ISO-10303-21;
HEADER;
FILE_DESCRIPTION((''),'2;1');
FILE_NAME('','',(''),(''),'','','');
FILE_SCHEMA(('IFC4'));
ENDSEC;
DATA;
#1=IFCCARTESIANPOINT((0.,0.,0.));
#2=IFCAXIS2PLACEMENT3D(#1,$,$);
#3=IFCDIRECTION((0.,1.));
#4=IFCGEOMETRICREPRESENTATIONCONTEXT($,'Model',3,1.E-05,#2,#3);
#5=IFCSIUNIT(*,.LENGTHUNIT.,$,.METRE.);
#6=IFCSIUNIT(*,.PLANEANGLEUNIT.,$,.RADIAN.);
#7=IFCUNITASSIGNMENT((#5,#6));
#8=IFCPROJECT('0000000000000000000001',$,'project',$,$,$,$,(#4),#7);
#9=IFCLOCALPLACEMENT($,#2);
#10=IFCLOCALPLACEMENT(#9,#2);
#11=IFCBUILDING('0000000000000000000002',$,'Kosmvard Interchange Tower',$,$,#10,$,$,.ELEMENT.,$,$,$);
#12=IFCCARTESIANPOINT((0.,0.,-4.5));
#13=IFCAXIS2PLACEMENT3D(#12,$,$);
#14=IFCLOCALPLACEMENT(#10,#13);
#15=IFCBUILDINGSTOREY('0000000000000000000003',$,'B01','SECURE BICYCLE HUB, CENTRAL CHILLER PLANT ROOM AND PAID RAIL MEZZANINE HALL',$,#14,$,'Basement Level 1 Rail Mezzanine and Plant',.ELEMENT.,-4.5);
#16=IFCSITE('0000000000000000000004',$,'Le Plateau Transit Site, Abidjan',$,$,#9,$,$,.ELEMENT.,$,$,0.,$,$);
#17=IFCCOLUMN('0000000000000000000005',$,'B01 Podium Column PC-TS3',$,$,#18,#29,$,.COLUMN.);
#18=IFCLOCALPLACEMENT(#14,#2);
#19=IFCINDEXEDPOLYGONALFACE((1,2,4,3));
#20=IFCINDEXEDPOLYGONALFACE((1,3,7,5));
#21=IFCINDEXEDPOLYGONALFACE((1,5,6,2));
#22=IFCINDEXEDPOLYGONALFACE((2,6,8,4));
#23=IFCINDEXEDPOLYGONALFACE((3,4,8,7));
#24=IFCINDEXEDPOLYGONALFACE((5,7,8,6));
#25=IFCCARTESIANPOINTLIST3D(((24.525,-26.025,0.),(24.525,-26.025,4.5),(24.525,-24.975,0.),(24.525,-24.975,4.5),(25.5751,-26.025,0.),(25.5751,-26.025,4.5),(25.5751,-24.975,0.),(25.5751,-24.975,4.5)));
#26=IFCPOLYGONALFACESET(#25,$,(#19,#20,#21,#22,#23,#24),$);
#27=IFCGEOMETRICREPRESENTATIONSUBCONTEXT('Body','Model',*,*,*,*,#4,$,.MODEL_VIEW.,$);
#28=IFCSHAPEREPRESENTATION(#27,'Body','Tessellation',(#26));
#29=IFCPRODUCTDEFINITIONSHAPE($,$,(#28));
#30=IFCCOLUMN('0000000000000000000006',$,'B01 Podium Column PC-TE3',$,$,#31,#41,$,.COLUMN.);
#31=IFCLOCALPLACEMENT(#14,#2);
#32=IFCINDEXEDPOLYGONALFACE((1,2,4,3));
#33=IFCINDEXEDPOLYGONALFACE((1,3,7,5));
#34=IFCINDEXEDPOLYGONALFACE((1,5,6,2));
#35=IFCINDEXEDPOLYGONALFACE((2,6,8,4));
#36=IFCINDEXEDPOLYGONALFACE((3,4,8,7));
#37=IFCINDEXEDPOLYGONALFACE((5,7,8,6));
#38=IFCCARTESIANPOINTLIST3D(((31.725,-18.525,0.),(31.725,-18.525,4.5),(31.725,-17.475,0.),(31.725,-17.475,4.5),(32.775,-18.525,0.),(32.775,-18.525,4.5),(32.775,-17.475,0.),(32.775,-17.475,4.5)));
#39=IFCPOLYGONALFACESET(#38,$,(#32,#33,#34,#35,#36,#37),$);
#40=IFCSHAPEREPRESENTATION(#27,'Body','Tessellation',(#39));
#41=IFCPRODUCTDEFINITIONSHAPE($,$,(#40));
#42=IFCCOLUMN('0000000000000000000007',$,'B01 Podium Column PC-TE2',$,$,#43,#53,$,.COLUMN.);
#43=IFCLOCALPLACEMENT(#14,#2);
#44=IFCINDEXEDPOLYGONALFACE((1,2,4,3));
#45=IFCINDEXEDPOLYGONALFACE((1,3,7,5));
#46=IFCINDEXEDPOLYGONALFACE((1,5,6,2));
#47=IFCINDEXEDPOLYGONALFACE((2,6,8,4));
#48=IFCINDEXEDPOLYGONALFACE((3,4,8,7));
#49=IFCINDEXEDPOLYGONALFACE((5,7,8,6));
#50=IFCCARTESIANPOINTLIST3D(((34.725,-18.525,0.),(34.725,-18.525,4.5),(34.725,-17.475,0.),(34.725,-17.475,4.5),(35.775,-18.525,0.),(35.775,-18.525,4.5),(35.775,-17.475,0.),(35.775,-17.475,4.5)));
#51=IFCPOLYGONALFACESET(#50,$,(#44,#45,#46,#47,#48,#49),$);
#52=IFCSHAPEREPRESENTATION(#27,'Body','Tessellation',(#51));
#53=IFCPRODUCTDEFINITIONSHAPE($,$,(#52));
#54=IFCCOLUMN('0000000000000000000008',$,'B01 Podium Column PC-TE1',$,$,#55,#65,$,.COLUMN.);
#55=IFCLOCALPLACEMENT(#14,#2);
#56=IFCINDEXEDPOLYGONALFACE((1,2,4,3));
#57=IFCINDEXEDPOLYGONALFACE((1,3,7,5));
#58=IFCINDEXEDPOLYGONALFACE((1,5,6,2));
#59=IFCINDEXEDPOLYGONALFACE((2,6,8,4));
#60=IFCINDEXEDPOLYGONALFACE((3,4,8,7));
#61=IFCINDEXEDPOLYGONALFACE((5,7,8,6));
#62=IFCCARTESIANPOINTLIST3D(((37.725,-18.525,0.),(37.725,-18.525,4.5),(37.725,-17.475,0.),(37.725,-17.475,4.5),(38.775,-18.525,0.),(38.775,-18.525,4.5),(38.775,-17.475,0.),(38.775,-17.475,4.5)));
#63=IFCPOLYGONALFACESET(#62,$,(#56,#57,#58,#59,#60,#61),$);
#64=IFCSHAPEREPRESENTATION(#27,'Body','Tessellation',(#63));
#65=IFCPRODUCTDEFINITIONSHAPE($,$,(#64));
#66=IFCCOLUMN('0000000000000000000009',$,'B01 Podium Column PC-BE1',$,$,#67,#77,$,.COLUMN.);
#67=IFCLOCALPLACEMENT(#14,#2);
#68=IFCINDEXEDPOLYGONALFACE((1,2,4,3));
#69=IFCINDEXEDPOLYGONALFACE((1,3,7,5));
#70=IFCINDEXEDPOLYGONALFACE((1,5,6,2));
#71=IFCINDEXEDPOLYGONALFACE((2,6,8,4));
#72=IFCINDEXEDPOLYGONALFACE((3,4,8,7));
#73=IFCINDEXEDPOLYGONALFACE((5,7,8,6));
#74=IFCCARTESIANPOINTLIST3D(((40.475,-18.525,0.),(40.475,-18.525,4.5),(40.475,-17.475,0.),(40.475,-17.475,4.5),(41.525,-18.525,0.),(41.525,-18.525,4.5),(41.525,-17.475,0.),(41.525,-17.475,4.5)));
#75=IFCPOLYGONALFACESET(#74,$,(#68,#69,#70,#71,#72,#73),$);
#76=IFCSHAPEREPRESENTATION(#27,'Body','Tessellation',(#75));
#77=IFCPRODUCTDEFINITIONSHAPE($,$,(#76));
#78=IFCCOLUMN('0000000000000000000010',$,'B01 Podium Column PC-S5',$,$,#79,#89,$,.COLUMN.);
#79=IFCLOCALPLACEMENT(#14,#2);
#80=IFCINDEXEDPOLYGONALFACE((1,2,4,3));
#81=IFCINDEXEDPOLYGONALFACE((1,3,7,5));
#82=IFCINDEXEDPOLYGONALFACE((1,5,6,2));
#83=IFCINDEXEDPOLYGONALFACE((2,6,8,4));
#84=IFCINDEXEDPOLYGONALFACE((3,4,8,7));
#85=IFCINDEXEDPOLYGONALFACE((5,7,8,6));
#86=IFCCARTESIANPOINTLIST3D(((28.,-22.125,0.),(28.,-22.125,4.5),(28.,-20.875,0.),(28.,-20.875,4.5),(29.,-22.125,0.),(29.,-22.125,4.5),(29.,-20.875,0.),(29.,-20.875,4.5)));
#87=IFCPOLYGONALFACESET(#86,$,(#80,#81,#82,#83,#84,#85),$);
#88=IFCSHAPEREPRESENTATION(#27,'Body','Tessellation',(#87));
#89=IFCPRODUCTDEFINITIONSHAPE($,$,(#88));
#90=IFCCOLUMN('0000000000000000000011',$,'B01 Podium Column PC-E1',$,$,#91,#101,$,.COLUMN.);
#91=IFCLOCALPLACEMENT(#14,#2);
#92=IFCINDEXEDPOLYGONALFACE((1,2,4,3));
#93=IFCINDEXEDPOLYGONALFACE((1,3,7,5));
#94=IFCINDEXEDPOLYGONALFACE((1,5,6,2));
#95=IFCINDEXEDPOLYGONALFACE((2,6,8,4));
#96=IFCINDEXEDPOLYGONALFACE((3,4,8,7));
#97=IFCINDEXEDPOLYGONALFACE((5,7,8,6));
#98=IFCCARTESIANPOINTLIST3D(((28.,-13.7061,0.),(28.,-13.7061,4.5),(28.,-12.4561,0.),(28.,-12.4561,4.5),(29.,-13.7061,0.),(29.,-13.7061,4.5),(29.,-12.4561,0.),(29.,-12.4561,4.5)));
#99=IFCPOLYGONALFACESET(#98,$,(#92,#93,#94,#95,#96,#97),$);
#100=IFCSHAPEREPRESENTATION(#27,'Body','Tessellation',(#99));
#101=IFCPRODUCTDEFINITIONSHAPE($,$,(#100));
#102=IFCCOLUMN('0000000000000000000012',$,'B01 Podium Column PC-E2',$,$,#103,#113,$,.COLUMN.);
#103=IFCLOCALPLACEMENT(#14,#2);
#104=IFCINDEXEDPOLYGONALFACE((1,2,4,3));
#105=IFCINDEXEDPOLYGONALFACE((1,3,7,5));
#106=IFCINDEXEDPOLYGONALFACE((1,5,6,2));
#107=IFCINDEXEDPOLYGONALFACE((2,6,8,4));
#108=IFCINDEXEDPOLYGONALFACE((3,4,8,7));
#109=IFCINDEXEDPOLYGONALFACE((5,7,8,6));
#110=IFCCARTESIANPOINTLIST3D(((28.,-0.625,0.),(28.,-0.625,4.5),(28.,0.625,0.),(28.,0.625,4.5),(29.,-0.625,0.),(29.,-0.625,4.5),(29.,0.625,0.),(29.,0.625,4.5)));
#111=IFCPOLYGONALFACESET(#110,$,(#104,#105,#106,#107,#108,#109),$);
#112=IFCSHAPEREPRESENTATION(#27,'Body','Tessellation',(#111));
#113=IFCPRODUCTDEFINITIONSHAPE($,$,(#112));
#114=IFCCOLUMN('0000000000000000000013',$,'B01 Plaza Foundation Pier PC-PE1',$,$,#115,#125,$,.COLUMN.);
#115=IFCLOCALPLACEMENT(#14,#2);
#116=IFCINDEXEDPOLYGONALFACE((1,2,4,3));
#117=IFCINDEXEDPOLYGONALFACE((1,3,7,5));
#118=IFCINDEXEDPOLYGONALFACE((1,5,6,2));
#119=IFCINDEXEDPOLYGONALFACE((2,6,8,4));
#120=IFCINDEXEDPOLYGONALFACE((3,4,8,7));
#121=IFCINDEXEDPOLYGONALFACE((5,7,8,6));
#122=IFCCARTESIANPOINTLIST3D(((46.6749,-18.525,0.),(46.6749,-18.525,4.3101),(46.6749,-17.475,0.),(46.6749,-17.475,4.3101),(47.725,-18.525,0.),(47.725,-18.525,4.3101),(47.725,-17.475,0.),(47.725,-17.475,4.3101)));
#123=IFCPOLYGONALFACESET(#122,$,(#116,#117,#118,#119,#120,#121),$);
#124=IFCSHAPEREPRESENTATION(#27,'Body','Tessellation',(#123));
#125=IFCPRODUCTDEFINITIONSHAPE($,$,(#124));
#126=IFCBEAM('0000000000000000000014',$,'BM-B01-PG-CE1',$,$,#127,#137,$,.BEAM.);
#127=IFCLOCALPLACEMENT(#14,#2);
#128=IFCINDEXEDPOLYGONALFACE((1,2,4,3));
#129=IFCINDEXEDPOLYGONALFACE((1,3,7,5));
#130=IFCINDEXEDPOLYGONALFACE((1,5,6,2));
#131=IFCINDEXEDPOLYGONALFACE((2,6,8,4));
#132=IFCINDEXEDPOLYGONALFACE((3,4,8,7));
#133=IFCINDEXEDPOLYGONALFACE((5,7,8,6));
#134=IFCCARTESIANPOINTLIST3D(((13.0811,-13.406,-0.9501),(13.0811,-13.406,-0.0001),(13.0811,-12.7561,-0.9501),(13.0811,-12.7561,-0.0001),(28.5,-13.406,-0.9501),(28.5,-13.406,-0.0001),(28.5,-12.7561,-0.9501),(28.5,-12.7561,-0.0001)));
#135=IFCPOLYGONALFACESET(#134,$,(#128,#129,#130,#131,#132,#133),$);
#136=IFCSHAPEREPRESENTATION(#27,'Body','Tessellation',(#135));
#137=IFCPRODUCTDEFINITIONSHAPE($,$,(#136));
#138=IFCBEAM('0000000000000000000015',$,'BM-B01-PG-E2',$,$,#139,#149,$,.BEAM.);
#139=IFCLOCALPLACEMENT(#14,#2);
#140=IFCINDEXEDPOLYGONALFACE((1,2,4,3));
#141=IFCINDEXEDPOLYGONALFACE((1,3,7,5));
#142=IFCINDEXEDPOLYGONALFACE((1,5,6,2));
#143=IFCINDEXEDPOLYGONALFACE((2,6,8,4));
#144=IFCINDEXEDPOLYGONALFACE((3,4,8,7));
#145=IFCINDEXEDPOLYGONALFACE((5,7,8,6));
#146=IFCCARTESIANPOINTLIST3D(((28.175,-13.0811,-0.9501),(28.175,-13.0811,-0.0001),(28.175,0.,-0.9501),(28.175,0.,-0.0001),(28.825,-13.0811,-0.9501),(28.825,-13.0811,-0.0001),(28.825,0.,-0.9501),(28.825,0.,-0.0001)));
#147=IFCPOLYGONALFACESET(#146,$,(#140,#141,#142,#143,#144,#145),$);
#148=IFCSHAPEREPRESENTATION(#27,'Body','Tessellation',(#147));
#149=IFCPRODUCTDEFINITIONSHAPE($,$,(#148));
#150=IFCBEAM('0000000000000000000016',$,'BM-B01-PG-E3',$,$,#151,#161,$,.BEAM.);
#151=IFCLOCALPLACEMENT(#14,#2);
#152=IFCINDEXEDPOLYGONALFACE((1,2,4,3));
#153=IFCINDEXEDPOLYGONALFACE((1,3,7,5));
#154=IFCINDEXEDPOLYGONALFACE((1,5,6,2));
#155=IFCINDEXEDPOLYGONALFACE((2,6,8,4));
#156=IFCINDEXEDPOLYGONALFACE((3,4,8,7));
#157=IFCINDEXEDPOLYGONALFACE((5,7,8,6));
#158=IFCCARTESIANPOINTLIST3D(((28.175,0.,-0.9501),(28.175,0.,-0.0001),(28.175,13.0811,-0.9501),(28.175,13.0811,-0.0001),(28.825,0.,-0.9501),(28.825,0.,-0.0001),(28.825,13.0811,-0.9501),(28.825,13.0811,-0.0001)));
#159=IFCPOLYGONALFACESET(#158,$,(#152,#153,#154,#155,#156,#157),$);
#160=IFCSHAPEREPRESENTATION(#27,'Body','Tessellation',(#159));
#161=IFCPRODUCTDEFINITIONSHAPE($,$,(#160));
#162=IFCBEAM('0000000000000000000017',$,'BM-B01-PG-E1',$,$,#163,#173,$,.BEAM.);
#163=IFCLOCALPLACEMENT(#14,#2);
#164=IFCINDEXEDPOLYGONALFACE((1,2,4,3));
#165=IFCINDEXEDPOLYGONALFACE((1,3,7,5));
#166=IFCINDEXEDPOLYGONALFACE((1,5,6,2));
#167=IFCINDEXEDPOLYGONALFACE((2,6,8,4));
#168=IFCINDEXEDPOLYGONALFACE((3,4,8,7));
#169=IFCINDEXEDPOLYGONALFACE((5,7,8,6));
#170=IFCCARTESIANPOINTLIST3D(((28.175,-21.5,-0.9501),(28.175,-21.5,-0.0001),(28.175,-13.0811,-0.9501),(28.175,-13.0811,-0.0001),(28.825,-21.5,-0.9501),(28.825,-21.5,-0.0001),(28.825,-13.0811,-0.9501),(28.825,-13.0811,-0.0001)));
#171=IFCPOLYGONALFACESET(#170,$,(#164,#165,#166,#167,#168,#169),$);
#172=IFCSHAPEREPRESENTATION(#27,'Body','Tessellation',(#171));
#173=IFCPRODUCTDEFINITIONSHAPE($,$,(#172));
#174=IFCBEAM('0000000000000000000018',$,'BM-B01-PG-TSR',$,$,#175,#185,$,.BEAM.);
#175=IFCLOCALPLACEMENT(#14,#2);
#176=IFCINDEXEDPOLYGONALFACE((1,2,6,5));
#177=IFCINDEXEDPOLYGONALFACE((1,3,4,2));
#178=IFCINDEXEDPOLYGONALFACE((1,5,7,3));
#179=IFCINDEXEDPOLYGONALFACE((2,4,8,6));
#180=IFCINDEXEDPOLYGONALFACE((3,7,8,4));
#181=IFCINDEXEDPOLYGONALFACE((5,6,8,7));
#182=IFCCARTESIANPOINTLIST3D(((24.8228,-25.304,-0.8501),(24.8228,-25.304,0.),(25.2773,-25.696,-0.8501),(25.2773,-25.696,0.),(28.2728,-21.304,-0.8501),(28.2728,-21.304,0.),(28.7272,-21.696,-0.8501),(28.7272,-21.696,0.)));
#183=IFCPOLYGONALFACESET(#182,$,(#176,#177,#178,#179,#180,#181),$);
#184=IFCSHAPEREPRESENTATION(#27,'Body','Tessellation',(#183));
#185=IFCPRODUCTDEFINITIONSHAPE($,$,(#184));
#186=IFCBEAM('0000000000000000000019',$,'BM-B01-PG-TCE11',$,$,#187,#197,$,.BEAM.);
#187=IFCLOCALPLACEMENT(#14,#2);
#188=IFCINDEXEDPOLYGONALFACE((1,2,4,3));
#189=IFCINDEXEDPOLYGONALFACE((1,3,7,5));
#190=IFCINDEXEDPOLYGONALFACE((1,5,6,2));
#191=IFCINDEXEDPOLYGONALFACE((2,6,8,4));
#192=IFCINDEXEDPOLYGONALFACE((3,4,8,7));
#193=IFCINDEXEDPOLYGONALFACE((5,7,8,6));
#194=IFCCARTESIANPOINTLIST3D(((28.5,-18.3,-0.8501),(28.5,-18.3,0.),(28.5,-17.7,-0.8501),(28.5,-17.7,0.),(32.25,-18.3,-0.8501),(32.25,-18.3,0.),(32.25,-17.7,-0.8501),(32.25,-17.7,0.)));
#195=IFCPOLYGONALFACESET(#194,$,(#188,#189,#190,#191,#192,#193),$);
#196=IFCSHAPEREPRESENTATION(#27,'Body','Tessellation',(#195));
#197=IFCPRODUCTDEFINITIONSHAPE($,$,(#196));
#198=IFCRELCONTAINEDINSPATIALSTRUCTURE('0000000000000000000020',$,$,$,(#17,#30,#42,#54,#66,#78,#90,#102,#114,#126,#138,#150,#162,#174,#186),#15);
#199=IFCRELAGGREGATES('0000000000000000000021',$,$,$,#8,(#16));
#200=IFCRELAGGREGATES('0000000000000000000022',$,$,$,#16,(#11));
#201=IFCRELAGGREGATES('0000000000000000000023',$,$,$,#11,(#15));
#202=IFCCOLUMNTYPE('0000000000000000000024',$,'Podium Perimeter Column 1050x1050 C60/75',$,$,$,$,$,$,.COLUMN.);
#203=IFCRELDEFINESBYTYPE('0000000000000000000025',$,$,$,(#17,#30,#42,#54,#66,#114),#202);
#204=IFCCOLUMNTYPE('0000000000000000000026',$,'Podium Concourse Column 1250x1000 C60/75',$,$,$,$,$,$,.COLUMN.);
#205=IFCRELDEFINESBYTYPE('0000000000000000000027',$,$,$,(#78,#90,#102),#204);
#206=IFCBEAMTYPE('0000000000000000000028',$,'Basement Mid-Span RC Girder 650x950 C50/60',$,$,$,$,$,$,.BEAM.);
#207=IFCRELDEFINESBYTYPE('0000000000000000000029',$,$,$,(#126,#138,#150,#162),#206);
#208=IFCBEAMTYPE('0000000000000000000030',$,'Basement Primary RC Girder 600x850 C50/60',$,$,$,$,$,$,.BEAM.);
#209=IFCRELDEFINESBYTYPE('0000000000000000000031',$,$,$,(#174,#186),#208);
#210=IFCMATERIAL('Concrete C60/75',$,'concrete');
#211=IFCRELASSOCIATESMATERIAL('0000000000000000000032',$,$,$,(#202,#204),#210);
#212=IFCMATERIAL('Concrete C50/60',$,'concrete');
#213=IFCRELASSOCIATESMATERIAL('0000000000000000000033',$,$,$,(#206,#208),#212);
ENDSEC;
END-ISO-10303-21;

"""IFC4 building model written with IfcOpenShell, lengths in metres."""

from ifc_helpers import new_model, si_unit, direction, frame, origin, origin_2d, place, context, subcontext, project, spatial, rectangle, extrude, source, transform, mapped, material, material_profile, profile_set, type_object, element, save


model = new_model("IFC4")

# Units and contexts
model_context = context("Model", 3, precision=1e-05, world=origin(), true_north=direction((0.0, 1.0)))
body_context = subcontext(model_context, "Body", "Model", "MODEL_VIEW")
ifc_project = project(units=[si_unit("LENGTHUNIT", "METRE"), si_unit("PLANEANGLEUNIT", "RADIAN")], contexts=[model_context])

# Site, building, storey
site_placement = place(None, origin())
site = spatial("IfcSite", under=ifc_project, at=site_placement, Name="Le Plateau Transit Site, Abidjan", CompositionType="ELEMENT", RefElevation=0.0)
building_placement = place(site_placement, origin())
building = spatial("IfcBuilding", under=site, at=building_placement, Name="Kosmvard Interchange Tower", CompositionType="ELEMENT")
storey_placement = place(building_placement, frame((0.0, 0.0, -4.5)))
storey = spatial("IfcBuildingStorey", under=building, at=storey_placement, Name="B01", Description="SECURE BICYCLE HUB, CENTRAL CHILLER PLANT ROOM AND PAID RAIL MEZZANINE HALL", LongName="Basement Level 1 Rail Mezzanine and Plant", CompositionType="ELEMENT", Elevation=-4.5)

# Columns
ifc_material_1 = material(Name="Concrete C60/75", Category="concrete")
ifc_material_profile_1 = material_profile(ifc_material_1, rectangle(XDim=1.05, YDim=1.05, at=origin_2d()), Name="PC 1050x1050")
ifc_profile_set_1 = profile_set([ifc_material_profile_1], Name="Concrete C60/75")
column_type_1 = type_object("IfcColumnType", Name="Podium Perimeter Column 1050x1050 C60/75", PredefinedType="COLUMN", material=ifc_profile_set_1)
shared_shape_1 = source(origin(), body_context, "Body", "SweptSolid", [
    extrude(rectangle(XDim=1.05, YDim=1.05, at=origin_2d()), origin(), (0.0, 0.0, 1.0), 4.5),
])
for number, where, z_axis, x_axis, name in (
    (1, (25.05, -25.5, 0.0), (0.0, 0.0, 1.0), (1.0, 0.0, 0.0), "B01 Podium Column PC-TS3"),
    (2, (32.25, -18.0, 0.0), (0.0, 0.0, 1.0), (1.0, 0.0, 0.0), "B01 Podium Column PC-TE3"),
    (3, (35.25, -18.0, 0.0), (0.0, 0.0, 1.0), (1.0, 0.0, 0.0), "B01 Podium Column PC-TE2"),
    (4, (38.25, -18.0, 0.0), (0.0, 0.0, 1.0), (1.0, 0.0, 0.0), "B01 Podium Column PC-TE1"),
    (5, (41.0, -18.0, 0.0), (0.0, 0.0, 1.0), (1.0, 0.0, 0.0), "B01 Podium Column PC-BE1"),
):
    element("IfcColumn", number, at=place(storey_placement, frame(where, z_axis=z_axis, x_axis=x_axis)), inside=storey, type_object=column_type_1, Name=name, PredefinedType="COLUMN", context=body_context, shape_type="MappedRepresentation", body=[
        mapped(shared_shape_1, transform((0.0, 0.0, 0.0), scale=1.0)),
    ])
ifc_material_profile_2 = material_profile(ifc_material_1, rectangle(XDim=1.0, YDim=1.25, at=origin_2d()), Name="PC 1250x1000")
ifc_profile_set_2 = profile_set([ifc_material_profile_2], Name="Concrete C60/75")
column_type_2 = type_object("IfcColumnType", Name="Podium Concourse Column 1250x1000 C60/75", PredefinedType="COLUMN", material=ifc_profile_set_2)
shared_shape_2 = source(origin(), body_context, "Body", "SweptSolid", [
    extrude(rectangle(XDim=1.0, YDim=1.25, at=origin_2d()), origin(), (0.0, 0.0, 1.0), 4.5),
])
for number, where, z_axis, x_axis, name in (
    (6, (28.5, -21.5, 0.0), (0.0, 0.0, 1.0), (1.0, 0.0, 0.0), "B01 Podium Column PC-S5"),
    (7, (28.5, -13.0811, 0.0), (0.0, 0.0, 1.0), (1.0, 0.0, 0.0), "B01 Podium Column PC-E1"),
    (8, (28.5, 0.0, 0.0), (0.0, 0.0, 1.0), (1.0, 0.0, 0.0), "B01 Podium Column PC-E2"),
):
    element("IfcColumn", number, at=place(storey_placement, frame(where, z_axis=z_axis, x_axis=x_axis)), inside=storey, type_object=column_type_2, Name=name, PredefinedType="COLUMN", context=body_context, shape_type="MappedRepresentation", body=[
        mapped(shared_shape_2, transform((0.0, 0.0, 0.0), scale=1.0)),
    ])
shared_shape_3 = source(origin(), body_context, "Body", "SweptSolid", [
    extrude(rectangle(XDim=1.05, YDim=1.05, at=origin_2d()), origin(), (0.0, 0.0, 1.0), 4.3101),
])
column_placement = place(storey_placement, frame((47.2, -18.0, 0.0), z_axis=(0.0, 0.0, 1.0), x_axis=(1.0, 0.0, 0.0)))
element("IfcColumn", 9, at=column_placement, inside=storey, type_object=column_type_1, Name="B01 Plaza Foundation Pier PC-PE1", PredefinedType="COLUMN", context=body_context, shape_type="MappedRepresentation", body=[
    mapped(shared_shape_3, transform((0.0, 0.0, 0.0), scale=1.0)),
])

# Beams
ifc_material_2 = material(Name="Concrete C50/60", Category="concrete")
ifc_material_profile_3 = material_profile(ifc_material_2, rectangle(XDim=0.6499, YDim=0.95, at=origin_2d()), Name="RCG 650x950")
ifc_profile_set_3 = profile_set([ifc_material_profile_3], Name="Concrete C50/60")
beam_type_1 = type_object("IfcBeamType", Name="Basement Mid-Span RC Girder 650x950 C50/60", PredefinedType="BEAM", material=ifc_profile_set_3)
shared_shape_4 = source(origin(), body_context, "Body", "SweptSolid", [
    extrude(rectangle(XDim=0.6499, YDim=0.95, at=origin_2d()), origin(), (0.0, 0.0, 1.0), 15.4189),
])
beam_1_placement = place(storey_placement, frame((28.5, -13.0811, -0.4751), z_axis=(-1.0, 0.0, 0.0), x_axis=(0.0, -1.0, 0.0)))
element("IfcBeam", 10, at=beam_1_placement, inside=storey, type_object=beam_type_1, Name="BM-B01-PG-CE1", PredefinedType="BEAM", context=body_context, shape_type="MappedRepresentation", body=[
    mapped(shared_shape_4, transform((0.0, 0.0, 0.0), scale=1.0)),
])
shared_shape_5 = source(origin(), body_context, "Body", "SweptSolid", [
    extrude(rectangle(XDim=0.6499, YDim=0.95, at=origin_2d()), origin(), (0.0, 0.0, 1.0), 13.0811),
])
for number, where, z_axis, x_axis, name in (
    (11, (28.5, -13.0811, -0.4751), (0.0, 1.0, 0.0), (-1.0, 0.0, 0.0), "BM-B01-PG-E2"),
    (12, (28.5, 0.0, -0.4751), (0.0, 1.0, 0.0), (-1.0, 0.0, 0.0), "BM-B01-PG-E3"),
):
    element("IfcBeam", number, at=place(storey_placement, frame(where, z_axis=z_axis, x_axis=x_axis)), inside=storey, type_object=beam_type_1, Name=name, PredefinedType="BEAM", context=body_context, shape_type="MappedRepresentation", body=[
        mapped(shared_shape_5, transform((0.0, 0.0, 0.0), scale=1.0)),
    ])
shared_shape_6 = source(origin(), body_context, "Body", "SweptSolid", [
    extrude(rectangle(XDim=0.6499, YDim=0.95, at=origin_2d()), origin(), (0.0, 0.0, 1.0), 8.4189),
])
beam_2_placement = place(storey_placement, frame((28.5, -21.5, -0.4751), z_axis=(0.0, 1.0, 0.0), x_axis=(-1.0, 0.0, 0.0)))
element("IfcBeam", 13, at=beam_2_placement, inside=storey, type_object=beam_type_1, Name="BM-B01-PG-E1", PredefinedType="BEAM", context=body_context, shape_type="MappedRepresentation", body=[
    mapped(shared_shape_6, transform((0.0, 0.0, 0.0), scale=1.0)),
])
ifc_material_profile_4 = material_profile(ifc_material_2, rectangle(XDim=0.6001, YDim=0.8501, at=origin_2d()), Name="RCG 600x850")
ifc_profile_set_4 = profile_set([ifc_material_profile_4], Name="Concrete C50/60")
beam_type_2 = type_object("IfcBeamType", Name="Basement Primary RC Girder 600x850 C50/60", PredefinedType="BEAM", material=ifc_profile_set_4)
shared_shape_7 = source(origin(), body_context, "Body", "SweptSolid", [
    extrude(rectangle(XDim=0.6001, YDim=0.8501, at=origin_2d()), origin(), (0.0, 0.0, 1.0), 5.2822),
])
beam_3_placement = place(storey_placement, frame((25.05, -25.5, -0.425), z_axis=(0.653122, 0.757253, 0.0), x_axis=(-0.757253, 0.653122, 0.0)))
element("IfcBeam", 14, at=beam_3_placement, inside=storey, type_object=beam_type_2, Name="BM-B01-PG-TSR", PredefinedType="BEAM", context=body_context, shape_type="MappedRepresentation", body=[
    mapped(shared_shape_7, transform((0.0, 0.0, 0.0), scale=1.0)),
])
shared_shape_8 = source(origin(), body_context, "Body", "SweptSolid", [
    extrude(rectangle(XDim=0.6001, YDim=0.8501, at=origin_2d()), origin(), (0.0, 0.0, 1.0), 3.75),
])
beam_4_placement = place(storey_placement, frame((28.5, -18.0, -0.425), z_axis=(1.0, 0.0, 0.0), x_axis=(0.0, 1.0, 0.0)))
element("IfcBeam", 15, at=beam_4_placement, inside=storey, type_object=beam_type_2, Name="BM-B01-PG-TCE11", PredefinedType="BEAM", context=body_context, shape_type="MappedRepresentation", body=[
    mapped(shared_shape_8, transform((0.0, 0.0, 0.0), scale=1.0)),
])

save(model, "model.ifc")
